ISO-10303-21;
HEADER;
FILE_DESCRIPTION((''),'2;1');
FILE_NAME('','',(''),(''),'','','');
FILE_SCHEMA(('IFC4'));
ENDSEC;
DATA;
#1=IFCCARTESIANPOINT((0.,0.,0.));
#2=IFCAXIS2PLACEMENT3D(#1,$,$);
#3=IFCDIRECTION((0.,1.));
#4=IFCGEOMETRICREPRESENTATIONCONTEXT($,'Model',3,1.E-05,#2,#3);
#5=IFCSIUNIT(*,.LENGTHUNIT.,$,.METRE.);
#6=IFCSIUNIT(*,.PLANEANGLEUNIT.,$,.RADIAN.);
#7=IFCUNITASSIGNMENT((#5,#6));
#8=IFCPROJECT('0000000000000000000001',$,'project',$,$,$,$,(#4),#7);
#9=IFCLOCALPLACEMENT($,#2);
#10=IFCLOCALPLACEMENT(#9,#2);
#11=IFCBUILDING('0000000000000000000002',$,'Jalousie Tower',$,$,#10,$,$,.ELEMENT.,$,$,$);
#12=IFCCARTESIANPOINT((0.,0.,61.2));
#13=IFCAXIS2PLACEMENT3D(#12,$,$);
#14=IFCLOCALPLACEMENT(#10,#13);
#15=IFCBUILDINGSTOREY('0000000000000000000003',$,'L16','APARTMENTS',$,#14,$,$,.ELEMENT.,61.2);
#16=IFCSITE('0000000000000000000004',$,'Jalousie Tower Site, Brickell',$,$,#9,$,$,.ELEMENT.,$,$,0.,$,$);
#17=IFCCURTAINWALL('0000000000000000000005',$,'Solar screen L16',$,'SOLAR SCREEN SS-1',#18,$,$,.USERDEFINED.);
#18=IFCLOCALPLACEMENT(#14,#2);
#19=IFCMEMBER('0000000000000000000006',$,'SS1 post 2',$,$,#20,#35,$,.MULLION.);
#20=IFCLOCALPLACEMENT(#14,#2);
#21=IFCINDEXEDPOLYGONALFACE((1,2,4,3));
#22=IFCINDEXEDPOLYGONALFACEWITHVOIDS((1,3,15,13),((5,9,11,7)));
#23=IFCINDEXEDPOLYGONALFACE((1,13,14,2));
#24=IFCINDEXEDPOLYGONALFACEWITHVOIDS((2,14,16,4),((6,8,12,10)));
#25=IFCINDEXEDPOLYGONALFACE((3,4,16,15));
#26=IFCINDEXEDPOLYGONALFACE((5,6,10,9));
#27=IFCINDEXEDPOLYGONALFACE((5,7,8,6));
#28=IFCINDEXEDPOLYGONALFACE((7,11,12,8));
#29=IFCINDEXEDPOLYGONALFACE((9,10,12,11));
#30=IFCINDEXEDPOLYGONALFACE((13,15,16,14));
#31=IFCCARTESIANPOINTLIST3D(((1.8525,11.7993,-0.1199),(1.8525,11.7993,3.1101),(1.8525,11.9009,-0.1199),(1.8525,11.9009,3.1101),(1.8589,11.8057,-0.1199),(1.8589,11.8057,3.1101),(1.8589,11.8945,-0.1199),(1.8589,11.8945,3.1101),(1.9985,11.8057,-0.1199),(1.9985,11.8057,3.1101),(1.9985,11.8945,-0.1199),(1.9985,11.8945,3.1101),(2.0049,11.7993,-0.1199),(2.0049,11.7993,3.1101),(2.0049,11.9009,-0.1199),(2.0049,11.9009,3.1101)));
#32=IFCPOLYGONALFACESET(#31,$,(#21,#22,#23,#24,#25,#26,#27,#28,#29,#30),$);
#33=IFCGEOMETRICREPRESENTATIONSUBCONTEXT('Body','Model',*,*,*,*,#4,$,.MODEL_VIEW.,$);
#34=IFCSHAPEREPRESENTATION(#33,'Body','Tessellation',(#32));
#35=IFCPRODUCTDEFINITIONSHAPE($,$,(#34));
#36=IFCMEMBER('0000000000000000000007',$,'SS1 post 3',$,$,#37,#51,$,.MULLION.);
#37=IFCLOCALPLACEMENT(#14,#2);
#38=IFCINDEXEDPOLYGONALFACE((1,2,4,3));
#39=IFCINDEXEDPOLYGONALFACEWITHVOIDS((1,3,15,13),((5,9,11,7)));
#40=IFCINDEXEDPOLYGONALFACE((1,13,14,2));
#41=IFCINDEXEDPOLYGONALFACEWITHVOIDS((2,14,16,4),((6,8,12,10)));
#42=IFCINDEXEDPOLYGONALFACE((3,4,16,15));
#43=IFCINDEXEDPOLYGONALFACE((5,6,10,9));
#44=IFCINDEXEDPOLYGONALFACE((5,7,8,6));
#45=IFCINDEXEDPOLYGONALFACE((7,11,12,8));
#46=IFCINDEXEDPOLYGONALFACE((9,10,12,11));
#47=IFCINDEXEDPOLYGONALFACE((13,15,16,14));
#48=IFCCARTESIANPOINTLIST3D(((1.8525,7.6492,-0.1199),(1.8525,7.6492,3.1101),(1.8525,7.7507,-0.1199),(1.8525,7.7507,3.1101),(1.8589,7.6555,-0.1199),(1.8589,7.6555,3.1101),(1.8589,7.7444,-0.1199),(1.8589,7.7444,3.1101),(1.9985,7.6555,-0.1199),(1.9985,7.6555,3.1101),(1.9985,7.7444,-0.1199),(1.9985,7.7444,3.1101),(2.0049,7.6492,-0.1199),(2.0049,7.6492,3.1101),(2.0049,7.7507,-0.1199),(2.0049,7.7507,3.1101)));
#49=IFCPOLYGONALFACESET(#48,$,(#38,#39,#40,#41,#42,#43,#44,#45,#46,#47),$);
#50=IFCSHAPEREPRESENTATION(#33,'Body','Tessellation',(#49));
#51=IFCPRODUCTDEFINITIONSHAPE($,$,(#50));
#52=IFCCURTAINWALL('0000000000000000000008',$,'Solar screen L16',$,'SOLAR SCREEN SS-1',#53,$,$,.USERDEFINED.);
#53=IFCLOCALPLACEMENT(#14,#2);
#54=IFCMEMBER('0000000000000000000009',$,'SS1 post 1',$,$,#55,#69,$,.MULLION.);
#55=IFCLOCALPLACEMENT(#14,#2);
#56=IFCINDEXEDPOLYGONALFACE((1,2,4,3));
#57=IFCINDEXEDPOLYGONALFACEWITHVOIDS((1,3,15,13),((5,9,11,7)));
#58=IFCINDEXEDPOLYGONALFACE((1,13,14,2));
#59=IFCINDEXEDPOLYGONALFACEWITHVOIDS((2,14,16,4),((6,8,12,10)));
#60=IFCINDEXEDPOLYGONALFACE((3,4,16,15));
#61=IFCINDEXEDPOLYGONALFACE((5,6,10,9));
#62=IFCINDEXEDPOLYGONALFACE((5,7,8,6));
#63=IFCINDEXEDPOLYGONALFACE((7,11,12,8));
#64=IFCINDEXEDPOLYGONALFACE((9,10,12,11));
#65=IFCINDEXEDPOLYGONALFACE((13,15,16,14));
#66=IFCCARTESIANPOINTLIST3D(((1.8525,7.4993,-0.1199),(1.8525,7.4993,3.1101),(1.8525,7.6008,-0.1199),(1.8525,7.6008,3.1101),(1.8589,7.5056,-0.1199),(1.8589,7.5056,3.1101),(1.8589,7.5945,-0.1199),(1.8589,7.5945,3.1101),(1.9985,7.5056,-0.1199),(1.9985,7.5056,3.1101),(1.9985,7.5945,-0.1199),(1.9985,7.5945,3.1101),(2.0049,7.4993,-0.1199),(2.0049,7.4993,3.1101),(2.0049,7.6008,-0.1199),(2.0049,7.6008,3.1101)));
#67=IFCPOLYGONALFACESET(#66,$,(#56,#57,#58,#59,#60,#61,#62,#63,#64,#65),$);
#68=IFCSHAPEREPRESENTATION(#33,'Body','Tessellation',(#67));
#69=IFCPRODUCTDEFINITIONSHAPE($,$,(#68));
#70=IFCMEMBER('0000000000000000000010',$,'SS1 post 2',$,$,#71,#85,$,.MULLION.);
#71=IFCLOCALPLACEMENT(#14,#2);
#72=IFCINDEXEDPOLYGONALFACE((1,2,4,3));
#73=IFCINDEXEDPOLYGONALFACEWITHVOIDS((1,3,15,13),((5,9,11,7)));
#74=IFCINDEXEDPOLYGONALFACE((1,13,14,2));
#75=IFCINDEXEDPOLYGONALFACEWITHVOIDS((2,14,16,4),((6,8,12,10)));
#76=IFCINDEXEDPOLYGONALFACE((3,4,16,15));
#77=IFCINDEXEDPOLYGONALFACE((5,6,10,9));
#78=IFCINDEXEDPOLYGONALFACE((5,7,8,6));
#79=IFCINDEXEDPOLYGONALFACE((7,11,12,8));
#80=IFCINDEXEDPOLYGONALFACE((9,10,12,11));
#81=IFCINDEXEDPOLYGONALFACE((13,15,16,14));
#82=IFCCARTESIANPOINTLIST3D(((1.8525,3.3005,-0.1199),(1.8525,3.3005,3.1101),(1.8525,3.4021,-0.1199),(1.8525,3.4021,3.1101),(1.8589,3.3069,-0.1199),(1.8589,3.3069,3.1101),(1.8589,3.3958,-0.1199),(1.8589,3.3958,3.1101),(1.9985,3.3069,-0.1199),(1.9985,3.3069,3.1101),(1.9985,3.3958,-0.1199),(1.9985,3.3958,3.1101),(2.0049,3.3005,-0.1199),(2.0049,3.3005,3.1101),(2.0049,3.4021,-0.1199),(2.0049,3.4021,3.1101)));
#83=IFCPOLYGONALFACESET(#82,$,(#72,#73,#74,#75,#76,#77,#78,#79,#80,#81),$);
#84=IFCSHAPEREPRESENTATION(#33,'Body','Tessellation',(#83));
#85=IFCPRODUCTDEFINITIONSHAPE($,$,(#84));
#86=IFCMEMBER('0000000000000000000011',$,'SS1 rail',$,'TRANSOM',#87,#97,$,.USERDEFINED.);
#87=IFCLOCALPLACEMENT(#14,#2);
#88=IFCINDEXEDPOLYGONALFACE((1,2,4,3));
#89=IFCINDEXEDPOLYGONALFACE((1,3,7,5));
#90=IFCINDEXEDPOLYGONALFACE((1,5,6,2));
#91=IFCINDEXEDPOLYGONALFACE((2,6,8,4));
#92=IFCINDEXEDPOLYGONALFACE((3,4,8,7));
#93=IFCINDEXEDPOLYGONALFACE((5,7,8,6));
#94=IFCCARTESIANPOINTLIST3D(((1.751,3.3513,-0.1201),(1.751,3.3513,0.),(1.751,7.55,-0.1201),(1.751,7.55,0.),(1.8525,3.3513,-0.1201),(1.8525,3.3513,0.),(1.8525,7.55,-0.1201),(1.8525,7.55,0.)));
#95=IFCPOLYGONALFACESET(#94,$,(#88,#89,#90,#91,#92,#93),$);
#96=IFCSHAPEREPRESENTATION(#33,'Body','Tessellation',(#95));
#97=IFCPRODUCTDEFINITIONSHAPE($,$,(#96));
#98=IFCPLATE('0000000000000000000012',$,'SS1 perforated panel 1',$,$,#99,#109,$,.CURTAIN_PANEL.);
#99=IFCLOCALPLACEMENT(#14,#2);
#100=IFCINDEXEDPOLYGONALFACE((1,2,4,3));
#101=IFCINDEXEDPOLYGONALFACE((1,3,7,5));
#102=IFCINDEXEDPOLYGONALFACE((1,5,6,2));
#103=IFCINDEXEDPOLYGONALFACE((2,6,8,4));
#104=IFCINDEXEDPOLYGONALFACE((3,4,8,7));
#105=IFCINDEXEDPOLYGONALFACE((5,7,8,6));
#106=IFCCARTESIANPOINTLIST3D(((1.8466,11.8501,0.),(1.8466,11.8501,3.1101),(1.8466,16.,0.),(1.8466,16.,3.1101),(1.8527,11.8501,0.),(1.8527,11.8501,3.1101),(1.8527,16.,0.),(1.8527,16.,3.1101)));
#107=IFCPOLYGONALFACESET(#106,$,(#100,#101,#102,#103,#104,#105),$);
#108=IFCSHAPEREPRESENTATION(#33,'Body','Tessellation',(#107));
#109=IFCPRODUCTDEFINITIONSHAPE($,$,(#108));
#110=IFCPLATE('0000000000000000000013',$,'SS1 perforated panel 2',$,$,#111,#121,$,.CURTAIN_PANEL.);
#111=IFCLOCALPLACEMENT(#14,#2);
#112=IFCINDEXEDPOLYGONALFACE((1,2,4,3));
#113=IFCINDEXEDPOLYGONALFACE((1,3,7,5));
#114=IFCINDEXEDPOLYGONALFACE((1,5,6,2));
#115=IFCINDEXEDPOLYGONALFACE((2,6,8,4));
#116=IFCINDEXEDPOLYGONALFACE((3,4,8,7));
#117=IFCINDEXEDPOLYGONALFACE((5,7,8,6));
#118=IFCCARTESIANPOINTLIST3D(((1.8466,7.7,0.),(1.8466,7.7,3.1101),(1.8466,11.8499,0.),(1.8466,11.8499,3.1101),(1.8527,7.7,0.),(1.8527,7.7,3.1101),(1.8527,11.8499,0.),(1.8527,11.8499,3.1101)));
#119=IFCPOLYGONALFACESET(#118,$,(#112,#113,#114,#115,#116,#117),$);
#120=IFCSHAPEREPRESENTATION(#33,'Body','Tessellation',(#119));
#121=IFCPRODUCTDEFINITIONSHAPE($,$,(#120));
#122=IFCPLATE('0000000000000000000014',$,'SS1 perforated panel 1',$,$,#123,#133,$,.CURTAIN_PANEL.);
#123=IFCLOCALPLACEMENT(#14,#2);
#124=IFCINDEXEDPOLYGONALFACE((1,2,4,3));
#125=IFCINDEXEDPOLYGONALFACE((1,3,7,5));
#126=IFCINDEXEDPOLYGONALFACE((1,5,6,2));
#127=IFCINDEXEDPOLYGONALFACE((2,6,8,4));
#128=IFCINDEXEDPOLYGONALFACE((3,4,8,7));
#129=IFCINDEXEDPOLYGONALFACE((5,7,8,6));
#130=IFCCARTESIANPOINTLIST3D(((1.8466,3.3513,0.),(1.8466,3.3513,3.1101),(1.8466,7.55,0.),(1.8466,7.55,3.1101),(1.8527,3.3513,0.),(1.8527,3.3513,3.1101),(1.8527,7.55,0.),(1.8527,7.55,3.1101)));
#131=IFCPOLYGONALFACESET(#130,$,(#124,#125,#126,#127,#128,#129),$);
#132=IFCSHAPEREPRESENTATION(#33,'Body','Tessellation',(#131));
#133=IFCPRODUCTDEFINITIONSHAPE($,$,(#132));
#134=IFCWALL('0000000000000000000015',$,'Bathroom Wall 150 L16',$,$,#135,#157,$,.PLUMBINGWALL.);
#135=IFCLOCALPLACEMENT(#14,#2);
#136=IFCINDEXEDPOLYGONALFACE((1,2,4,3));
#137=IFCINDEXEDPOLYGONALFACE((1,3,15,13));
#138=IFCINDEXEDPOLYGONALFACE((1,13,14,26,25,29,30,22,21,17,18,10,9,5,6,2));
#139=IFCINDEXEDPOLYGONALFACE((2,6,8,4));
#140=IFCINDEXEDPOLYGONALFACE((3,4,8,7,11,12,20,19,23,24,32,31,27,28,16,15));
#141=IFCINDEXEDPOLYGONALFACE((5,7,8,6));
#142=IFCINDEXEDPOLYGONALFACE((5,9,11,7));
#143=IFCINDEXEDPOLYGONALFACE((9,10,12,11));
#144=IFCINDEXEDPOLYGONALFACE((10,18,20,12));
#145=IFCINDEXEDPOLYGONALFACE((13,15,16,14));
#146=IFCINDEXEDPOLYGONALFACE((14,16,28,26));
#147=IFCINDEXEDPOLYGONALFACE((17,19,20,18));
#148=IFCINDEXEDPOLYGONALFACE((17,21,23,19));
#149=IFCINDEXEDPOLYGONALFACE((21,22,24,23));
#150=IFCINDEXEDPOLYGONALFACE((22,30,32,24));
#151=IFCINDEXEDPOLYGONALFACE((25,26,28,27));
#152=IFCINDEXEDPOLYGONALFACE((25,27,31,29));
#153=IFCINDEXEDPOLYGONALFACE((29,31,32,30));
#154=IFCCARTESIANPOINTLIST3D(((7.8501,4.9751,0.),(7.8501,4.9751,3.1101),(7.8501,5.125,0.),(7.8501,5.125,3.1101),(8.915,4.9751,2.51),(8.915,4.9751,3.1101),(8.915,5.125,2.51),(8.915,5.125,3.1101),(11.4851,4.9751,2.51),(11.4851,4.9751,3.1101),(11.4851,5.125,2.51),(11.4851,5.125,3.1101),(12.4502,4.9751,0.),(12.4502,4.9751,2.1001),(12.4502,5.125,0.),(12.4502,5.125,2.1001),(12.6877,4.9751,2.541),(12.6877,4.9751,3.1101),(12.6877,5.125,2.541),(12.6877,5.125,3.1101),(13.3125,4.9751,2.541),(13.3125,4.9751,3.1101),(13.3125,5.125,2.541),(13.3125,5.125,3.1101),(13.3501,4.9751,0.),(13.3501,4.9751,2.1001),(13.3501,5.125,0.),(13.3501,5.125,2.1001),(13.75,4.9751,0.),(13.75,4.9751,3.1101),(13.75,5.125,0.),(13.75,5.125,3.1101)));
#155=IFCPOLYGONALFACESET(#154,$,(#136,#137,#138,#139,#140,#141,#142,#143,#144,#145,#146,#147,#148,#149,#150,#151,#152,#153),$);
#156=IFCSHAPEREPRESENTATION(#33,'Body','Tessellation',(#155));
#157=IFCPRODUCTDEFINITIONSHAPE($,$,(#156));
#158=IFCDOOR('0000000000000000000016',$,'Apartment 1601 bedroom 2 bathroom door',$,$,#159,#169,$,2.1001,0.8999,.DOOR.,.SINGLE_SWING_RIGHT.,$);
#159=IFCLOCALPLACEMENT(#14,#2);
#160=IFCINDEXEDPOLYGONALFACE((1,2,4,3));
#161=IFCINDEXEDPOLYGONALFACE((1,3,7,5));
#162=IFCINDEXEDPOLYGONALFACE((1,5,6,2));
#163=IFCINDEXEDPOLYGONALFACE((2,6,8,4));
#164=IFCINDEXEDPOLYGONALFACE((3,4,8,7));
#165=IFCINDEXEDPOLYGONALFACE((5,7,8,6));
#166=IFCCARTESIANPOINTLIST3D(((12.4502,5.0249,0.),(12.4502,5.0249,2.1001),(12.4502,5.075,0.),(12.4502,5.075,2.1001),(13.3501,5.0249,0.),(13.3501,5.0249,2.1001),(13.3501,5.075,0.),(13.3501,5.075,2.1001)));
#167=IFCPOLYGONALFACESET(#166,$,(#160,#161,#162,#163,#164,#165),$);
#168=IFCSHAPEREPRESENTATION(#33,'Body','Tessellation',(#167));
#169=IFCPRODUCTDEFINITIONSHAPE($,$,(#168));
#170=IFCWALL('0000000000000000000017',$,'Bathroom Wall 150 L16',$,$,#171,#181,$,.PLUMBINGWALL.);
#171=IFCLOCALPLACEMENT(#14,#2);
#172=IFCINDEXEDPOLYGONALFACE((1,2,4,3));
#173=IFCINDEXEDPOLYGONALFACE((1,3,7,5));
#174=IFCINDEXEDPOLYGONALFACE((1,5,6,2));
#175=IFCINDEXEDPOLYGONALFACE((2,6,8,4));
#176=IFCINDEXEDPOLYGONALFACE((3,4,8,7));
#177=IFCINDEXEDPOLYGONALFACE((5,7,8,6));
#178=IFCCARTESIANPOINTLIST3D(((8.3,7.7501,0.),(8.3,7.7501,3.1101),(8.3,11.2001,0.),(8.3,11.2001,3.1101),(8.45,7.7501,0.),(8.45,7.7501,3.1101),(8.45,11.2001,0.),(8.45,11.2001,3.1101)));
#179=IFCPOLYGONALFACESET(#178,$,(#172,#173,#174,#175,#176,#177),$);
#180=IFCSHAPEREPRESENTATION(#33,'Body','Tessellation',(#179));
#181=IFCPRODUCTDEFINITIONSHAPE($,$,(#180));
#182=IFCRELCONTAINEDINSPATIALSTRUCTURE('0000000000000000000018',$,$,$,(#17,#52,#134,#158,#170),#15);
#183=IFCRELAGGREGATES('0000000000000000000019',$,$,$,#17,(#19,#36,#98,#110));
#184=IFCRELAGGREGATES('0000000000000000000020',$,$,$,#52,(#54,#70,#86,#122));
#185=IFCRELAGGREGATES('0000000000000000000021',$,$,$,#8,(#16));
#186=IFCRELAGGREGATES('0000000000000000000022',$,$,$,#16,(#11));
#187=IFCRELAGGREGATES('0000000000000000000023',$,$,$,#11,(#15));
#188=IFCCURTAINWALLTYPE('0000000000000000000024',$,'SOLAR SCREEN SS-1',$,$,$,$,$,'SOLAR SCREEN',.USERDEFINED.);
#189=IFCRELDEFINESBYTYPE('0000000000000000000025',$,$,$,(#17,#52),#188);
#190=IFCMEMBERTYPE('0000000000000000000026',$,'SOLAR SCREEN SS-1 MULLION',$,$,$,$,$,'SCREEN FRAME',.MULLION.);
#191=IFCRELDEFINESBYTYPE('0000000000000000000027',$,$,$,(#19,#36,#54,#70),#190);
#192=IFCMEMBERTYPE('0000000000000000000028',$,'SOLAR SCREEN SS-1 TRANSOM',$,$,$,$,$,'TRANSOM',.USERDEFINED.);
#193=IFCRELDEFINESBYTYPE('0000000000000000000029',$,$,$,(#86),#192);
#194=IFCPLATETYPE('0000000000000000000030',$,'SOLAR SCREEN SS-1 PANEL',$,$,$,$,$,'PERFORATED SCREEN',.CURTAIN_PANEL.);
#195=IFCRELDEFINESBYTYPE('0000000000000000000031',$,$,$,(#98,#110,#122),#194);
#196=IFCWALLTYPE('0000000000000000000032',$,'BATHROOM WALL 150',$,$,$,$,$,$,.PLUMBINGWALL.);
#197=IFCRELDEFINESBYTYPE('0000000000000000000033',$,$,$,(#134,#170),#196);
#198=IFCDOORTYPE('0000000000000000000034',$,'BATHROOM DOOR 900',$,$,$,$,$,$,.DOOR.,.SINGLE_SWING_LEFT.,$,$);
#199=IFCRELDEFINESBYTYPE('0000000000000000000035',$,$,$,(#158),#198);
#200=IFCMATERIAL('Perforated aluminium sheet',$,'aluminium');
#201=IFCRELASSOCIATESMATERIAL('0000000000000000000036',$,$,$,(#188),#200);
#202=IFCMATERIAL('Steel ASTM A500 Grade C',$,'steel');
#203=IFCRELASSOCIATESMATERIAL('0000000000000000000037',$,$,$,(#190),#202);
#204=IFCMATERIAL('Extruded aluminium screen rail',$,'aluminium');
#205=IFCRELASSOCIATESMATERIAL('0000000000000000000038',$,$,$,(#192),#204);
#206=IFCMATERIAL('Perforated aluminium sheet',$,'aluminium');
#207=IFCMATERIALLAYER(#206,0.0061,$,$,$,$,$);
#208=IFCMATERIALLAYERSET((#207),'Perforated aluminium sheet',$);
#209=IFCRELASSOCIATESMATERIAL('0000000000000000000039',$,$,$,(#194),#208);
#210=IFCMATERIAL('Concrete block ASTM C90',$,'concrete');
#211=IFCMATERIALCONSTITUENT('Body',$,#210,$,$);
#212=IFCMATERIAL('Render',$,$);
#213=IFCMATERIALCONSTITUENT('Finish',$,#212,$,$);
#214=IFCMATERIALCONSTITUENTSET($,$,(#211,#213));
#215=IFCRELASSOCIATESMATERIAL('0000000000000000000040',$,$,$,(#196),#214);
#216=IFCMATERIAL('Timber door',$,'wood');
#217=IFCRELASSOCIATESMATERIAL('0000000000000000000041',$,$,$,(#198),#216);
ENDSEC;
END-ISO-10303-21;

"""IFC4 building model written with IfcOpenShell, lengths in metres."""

from ifc_helpers import new_model, si_unit, direction, frame, frame_2d, origin, origin_2d, place, context, subcontext, project, spatial, polyline, rectangle, hollow_rectangle, outline, extrude, material, layer, layer_set, constituent, constituent_set, material_profile, profile_set, type_object, element, fill, aggregate, save


model = new_model("IFC4")

# Units and contexts
model_context = context("Model", 3, precision=1e-05, world=origin(), true_north=direction((0.0, 1.0)))
body_context = subcontext(model_context, "Body", "Model", "MODEL_VIEW")
ifc_project = project(units=[si_unit("LENGTHUNIT", "METRE"), si_unit("PLANEANGLEUNIT", "RADIAN")], contexts=[model_context])

# Site, building, storey
site_placement = place(None, origin())
site = spatial("IfcSite", under=ifc_project, at=site_placement, Name="Jalousie Tower Site, Brickell", CompositionType="ELEMENT", RefElevation=0.0)
building_placement = place(site_placement, origin())
building = spatial("IfcBuilding", under=site, at=building_placement, Name="Jalousie Tower", CompositionType="ELEMENT")
storey_placement = place(building_placement, frame((0.0, 0.0, 61.2)))
storey = spatial("IfcBuildingStorey", under=building, at=storey_placement, Name="L16", Description="APARTMENTS", CompositionType="ELEMENT", Elevation=61.2)

# Curtain walls, members
ifc_material_1 = material(Name="Perforated aluminium sheet", Category="aluminium")
curtain_wall_type = type_object("IfcCurtainWallType", Name="SOLAR SCREEN SS-1", ElementType="SOLAR SCREEN", PredefinedType="USERDEFINED", material=ifc_material_1)
curtain_wall_1_placement = place(storey_placement, origin())
curtain_wall_1 = element("IfcCurtainWall", 1, at=curtain_wall_1_placement, inside=storey, type_object=curtain_wall_type, Name="Solar screen L16", ObjectType="SOLAR SCREEN SS-1", PredefinedType="USERDEFINED")
ifc_material_2 = material(Name="Steel ASTM A500 Grade C", Category="steel")
ifc_material_profile_1 = material_profile(ifc_material_2, hollow_rectangle(XDim=0.1016, YDim=0.1523, WallThickness=0.0063, at=origin_2d()), Name="HSS6X4X1/4")
ifc_profile_set_1 = profile_set([ifc_material_profile_1], Name="Steel ASTM A500 Grade C")
member_type_1 = type_object("IfcMemberType", Name="SOLAR SCREEN SS-1 MULLION", ElementType="SCREEN FRAME", PredefinedType="MULLION", material=ifc_profile_set_1)
member_1_placement = place(storey_placement, frame((1.9287, 11.8501, -0.1199), z_axis=(0.0, 0.0, 1.0), x_axis=(0.0, -1.0, 0.0)))
member_1 = element("IfcMember", 2, at=member_1_placement, type_object=member_type_1, Name="SS1 post 2", PredefinedType="MULLION", context=body_context, shape_type="SweptSolid", body=[
    extrude(hollow_rectangle(XDim=0.1016, YDim=0.1523, WallThickness=0.0063, at=origin_2d()), origin(), (0.0, 0.0, 1.0), 3.23),
])
member_2_placement = place(storey_placement, frame((1.9287, 7.7, -0.1199), z_axis=(0.0, 0.0, 1.0), x_axis=(0.0, -1.0, 0.0)))
member_2 = element("IfcMember", 3, at=member_2_placement, type_object=member_type_1, Name="SS1 post 3", PredefinedType="MULLION", context=body_context, shape_type="SweptSolid", body=[
    extrude(hollow_rectangle(XDim=0.1016, YDim=0.1523, WallThickness=0.0063, at=origin_2d()), origin(), (0.0, 0.0, 1.0), 3.23),
])
curtain_wall_2_placement = place(storey_placement, origin())
curtain_wall_2 = element("IfcCurtainWall", 4, at=curtain_wall_2_placement, inside=storey, type_object=curtain_wall_type, Name="Solar screen L16", ObjectType="SOLAR SCREEN SS-1", PredefinedType="USERDEFINED")
member_3_placement = place(storey_placement, frame((1.9287, 7.55, -0.1199), z_axis=(0.0, 0.0, 1.0), x_axis=(0.0, -1.0, 0.0)))
member_3 = element("IfcMember", 5, at=member_3_placement, type_object=member_type_1, Name="SS1 post 1", PredefinedType="MULLION", context=body_context, shape_type="SweptSolid", body=[
    extrude(hollow_rectangle(XDim=0.1016, YDim=0.1523, WallThickness=0.0063, at=origin_2d()), origin(), (0.0, 0.0, 1.0), 3.23),
])
member_4_placement = place(storey_placement, frame((1.9287, 3.3513, -0.1199), z_axis=(0.0, 0.0, 1.0), x_axis=(0.0, -1.0, 0.0)))
member_4 = element("IfcMember", 6, at=member_4_placement, type_object=member_type_1, Name="SS1 post 2", PredefinedType="MULLION", context=body_context, shape_type="SweptSolid", body=[
    extrude(hollow_rectangle(XDim=0.1016, YDim=0.1523, WallThickness=0.0063, at=origin_2d()), origin(), (0.0, 0.0, 1.0), 3.23),
])
ifc_material_3 = material(Name="Extruded aluminium screen rail", Category="aluminium")
ifc_material_profile_2 = material_profile(ifc_material_3, rectangle(XDim=0.1016, YDim=0.1201, at=origin_2d()), Name="RAIL 102x120")
ifc_profile_set_2 = profile_set([ifc_material_profile_2], Name="Extruded aluminium screen rail")
member_type_2 = type_object("IfcMemberType", Name="SOLAR SCREEN SS-1 TRANSOM", ElementType="TRANSOM", PredefinedType="USERDEFINED", material=ifc_profile_set_2)
member_5_placement = place(storey_placement, frame((1.8018, 7.55, -0.0601), z_axis=(0.0, -1.0, 0.0), x_axis=(1.0, 0.0, 0.0)))
member_5 = element("IfcMember", 7, at=member_5_placement, type_object=member_type_2, Name="SS1 rail", ObjectType="TRANSOM", PredefinedType="USERDEFINED", context=body_context, shape_type="SweptSolid", body=[
    extrude(rectangle(XDim=0.1016, YDim=0.1201, at=origin_2d()), origin(), (0.0, 0.0, 1.0), 4.1987),
])

# Plates
ifc_material_4 = material(Name="Perforated aluminium sheet", Category="aluminium")
ifc_layer_1 = layer(ifc_material_4, 0.0061)
ifc_layer_set_1 = layer_set([ifc_layer_1], Name="Perforated aluminium sheet")
plate_type = type_object("IfcPlateType", Name="SOLAR SCREEN SS-1 PANEL", ElementType="PERFORATED SCREEN", PredefinedType="CURTAIN_PANEL", material=ifc_layer_set_1)
plate_1_placement = place(storey_placement, frame((1.8496, 13.925, 0.0), z_axis=(0.0, 0.0, 1.0), x_axis=(0.0, -1.0, 0.0)))
plate_1 = element("IfcPlate", 8, at=plate_1_placement, type_object=plate_type, Name="SS1 perforated panel 1", PredefinedType="CURTAIN_PANEL", context=body_context, shape_type="SweptSolid", body=[
    extrude(rectangle(XDim=4.1499, YDim=0.0061, at=origin_2d()), origin(), (0.0, 0.0, 1.0), 3.1101),
])
plate_2_placement = place(storey_placement, frame((1.8496, 9.7749, 0.0), z_axis=(0.0, 0.0, 1.0), x_axis=(0.0, -1.0, 0.0)))
plate_2 = element("IfcPlate", 9, at=plate_2_placement, type_object=plate_type, Name="SS1 perforated panel 2", PredefinedType="CURTAIN_PANEL", context=body_context, shape_type="SweptSolid", body=[
    extrude(rectangle(XDim=4.1499, YDim=0.0061, at=origin_2d()), origin(), (0.0, 0.0, 1.0), 3.1101),
])
aggregate(curtain_wall_1, [member_1, member_2, plate_1, plate_2])
plate_3_placement = place(storey_placement, frame((1.8496, 5.4507, 0.0), z_axis=(0.0, 0.0, 1.0), x_axis=(0.0, -1.0, 0.0)))
plate_3 = element("IfcPlate", 10, at=plate_3_placement, type_object=plate_type, Name="SS1 perforated panel 1", PredefinedType="CURTAIN_PANEL", context=body_context, shape_type="SweptSolid", body=[
    extrude(rectangle(XDim=4.1987, YDim=0.0061, at=origin_2d()), origin(), (0.0, 0.0, 1.0), 3.1101),
])
aggregate(curtain_wall_2, [member_3, member_4, member_5, plate_3])

# Wall, opening, door
ifc_material_5 = material(Name="Concrete block ASTM C90", Category="concrete")
ifc_constituent_1 = constituent(ifc_material_5, Name="Body")
ifc_material_6 = material(Name="Render")
ifc_constituent_2 = constituent(ifc_material_6, Name="Finish")
ifc_constituent_set_1 = constituent_set(constituents=[ifc_constituent_1, ifc_constituent_2])
wall_type_1 = type_object("IfcWallType", Name="BATHROOM WALL 150", PredefinedType="PLUMBINGWALL", material=ifc_constituent_set_1)
wall_1_placement = place(storey_placement, frame((7.8501, 5.05, 0.0), z_axis=(0.0, 0.0, 1.0), x_axis=(1.0, 0.0, 0.0)))
wall_1 = element("IfcWall", 11, at=wall_1_placement, inside=storey, type_object=wall_type_1, Name="Bathroom Wall 150 L16", PredefinedType="PLUMBINGWALL", context=body_context, shape_type="SweptSolid", body=[
    extrude(outline(polyline([(0.0, 0.0), (5.8999, 0.0), (5.8999, 3.1101), (5.4624, 3.1101), (5.4624, 2.541), (4.8376, 2.541), (4.8376, 3.1101), (3.635, 3.1101), (3.635, 2.51), (1.0649, 2.51), (1.0649, 3.1101), (0.0, 3.1101), (0.0, 0.0)])), frame((0.0, 0.075, 0.0), z_axis=(0.0, -1.0, 0.0), x_axis=(1.0, 0.0, 0.0)), (0.0, 0.0, 1.0), 0.1499),
])
opening_1_placement = place(wall_1_placement, frame((4.6001, 0.0, 0.0)))
opening_1 = element("IfcOpeningElement", 12, at=opening_1_placement, cuts=wall_1, PredefinedType="OPENING", context=body_context, shape_type="SweptSolid", body=[
    extrude(rectangle(XDim=0.8999, YDim=2.1001, at=frame_2d((0.45, 1.05))), frame((0.0, 0.085, 0.0), z_axis=(0.0, -1.0, 0.0), x_axis=(1.0, 0.0, 0.0)), (0.0, 0.0, 1.0), 0.1699),
])
ifc_material_7 = material(Name="Timber door", Category="wood")
door_type_1 = type_object("IfcDoorType", Name="BATHROOM DOOR 900", OperationType="SINGLE_SWING_LEFT", PredefinedType="DOOR", material=ifc_material_7)
door_1_placement = place(opening_1_placement, origin())
door_1 = element("IfcDoor", 13, at=door_1_placement, inside=storey, type_object=door_type_1, Name="Apartment 1601 bedroom 2 bathroom door", OperationType="SINGLE_SWING_RIGHT", OverallHeight=2.1001, OverallWidth=0.8999, PredefinedType="DOOR", context=body_context, shape_type="SweptSolid", body=[
    extrude(rectangle(XDim=0.8999, YDim=2.1001, at=frame_2d((0.45, 1.05))), frame((0.0, 0.0249, 0.0), z_axis=(0.0, -1.0, 0.0), x_axis=(1.0, 0.0, 0.0)), (0.0, 0.0, 1.0), 0.05),
])
fill(opening_1, door_1)

# Wall
wall_2_placement = place(storey_placement, frame((8.375, 7.75, 0.0), z_axis=(0.0, 0.0, 1.0), x_axis=(0.0, 1.0, 0.0)))
element("IfcWall", 14, at=wall_2_placement, inside=storey, type_object=wall_type_1, Name="Bathroom Wall 150 L16", PredefinedType="PLUMBINGWALL", context=body_context, shape_type="SweptSolid", body=[
    extrude(rectangle(XDim=3.45, YDim=0.1499, at=frame_2d((1.7251, 0.0))), origin(), (0.0, 0.0, 1.0), 3.1101),
])

save(model, "model.ifc")
